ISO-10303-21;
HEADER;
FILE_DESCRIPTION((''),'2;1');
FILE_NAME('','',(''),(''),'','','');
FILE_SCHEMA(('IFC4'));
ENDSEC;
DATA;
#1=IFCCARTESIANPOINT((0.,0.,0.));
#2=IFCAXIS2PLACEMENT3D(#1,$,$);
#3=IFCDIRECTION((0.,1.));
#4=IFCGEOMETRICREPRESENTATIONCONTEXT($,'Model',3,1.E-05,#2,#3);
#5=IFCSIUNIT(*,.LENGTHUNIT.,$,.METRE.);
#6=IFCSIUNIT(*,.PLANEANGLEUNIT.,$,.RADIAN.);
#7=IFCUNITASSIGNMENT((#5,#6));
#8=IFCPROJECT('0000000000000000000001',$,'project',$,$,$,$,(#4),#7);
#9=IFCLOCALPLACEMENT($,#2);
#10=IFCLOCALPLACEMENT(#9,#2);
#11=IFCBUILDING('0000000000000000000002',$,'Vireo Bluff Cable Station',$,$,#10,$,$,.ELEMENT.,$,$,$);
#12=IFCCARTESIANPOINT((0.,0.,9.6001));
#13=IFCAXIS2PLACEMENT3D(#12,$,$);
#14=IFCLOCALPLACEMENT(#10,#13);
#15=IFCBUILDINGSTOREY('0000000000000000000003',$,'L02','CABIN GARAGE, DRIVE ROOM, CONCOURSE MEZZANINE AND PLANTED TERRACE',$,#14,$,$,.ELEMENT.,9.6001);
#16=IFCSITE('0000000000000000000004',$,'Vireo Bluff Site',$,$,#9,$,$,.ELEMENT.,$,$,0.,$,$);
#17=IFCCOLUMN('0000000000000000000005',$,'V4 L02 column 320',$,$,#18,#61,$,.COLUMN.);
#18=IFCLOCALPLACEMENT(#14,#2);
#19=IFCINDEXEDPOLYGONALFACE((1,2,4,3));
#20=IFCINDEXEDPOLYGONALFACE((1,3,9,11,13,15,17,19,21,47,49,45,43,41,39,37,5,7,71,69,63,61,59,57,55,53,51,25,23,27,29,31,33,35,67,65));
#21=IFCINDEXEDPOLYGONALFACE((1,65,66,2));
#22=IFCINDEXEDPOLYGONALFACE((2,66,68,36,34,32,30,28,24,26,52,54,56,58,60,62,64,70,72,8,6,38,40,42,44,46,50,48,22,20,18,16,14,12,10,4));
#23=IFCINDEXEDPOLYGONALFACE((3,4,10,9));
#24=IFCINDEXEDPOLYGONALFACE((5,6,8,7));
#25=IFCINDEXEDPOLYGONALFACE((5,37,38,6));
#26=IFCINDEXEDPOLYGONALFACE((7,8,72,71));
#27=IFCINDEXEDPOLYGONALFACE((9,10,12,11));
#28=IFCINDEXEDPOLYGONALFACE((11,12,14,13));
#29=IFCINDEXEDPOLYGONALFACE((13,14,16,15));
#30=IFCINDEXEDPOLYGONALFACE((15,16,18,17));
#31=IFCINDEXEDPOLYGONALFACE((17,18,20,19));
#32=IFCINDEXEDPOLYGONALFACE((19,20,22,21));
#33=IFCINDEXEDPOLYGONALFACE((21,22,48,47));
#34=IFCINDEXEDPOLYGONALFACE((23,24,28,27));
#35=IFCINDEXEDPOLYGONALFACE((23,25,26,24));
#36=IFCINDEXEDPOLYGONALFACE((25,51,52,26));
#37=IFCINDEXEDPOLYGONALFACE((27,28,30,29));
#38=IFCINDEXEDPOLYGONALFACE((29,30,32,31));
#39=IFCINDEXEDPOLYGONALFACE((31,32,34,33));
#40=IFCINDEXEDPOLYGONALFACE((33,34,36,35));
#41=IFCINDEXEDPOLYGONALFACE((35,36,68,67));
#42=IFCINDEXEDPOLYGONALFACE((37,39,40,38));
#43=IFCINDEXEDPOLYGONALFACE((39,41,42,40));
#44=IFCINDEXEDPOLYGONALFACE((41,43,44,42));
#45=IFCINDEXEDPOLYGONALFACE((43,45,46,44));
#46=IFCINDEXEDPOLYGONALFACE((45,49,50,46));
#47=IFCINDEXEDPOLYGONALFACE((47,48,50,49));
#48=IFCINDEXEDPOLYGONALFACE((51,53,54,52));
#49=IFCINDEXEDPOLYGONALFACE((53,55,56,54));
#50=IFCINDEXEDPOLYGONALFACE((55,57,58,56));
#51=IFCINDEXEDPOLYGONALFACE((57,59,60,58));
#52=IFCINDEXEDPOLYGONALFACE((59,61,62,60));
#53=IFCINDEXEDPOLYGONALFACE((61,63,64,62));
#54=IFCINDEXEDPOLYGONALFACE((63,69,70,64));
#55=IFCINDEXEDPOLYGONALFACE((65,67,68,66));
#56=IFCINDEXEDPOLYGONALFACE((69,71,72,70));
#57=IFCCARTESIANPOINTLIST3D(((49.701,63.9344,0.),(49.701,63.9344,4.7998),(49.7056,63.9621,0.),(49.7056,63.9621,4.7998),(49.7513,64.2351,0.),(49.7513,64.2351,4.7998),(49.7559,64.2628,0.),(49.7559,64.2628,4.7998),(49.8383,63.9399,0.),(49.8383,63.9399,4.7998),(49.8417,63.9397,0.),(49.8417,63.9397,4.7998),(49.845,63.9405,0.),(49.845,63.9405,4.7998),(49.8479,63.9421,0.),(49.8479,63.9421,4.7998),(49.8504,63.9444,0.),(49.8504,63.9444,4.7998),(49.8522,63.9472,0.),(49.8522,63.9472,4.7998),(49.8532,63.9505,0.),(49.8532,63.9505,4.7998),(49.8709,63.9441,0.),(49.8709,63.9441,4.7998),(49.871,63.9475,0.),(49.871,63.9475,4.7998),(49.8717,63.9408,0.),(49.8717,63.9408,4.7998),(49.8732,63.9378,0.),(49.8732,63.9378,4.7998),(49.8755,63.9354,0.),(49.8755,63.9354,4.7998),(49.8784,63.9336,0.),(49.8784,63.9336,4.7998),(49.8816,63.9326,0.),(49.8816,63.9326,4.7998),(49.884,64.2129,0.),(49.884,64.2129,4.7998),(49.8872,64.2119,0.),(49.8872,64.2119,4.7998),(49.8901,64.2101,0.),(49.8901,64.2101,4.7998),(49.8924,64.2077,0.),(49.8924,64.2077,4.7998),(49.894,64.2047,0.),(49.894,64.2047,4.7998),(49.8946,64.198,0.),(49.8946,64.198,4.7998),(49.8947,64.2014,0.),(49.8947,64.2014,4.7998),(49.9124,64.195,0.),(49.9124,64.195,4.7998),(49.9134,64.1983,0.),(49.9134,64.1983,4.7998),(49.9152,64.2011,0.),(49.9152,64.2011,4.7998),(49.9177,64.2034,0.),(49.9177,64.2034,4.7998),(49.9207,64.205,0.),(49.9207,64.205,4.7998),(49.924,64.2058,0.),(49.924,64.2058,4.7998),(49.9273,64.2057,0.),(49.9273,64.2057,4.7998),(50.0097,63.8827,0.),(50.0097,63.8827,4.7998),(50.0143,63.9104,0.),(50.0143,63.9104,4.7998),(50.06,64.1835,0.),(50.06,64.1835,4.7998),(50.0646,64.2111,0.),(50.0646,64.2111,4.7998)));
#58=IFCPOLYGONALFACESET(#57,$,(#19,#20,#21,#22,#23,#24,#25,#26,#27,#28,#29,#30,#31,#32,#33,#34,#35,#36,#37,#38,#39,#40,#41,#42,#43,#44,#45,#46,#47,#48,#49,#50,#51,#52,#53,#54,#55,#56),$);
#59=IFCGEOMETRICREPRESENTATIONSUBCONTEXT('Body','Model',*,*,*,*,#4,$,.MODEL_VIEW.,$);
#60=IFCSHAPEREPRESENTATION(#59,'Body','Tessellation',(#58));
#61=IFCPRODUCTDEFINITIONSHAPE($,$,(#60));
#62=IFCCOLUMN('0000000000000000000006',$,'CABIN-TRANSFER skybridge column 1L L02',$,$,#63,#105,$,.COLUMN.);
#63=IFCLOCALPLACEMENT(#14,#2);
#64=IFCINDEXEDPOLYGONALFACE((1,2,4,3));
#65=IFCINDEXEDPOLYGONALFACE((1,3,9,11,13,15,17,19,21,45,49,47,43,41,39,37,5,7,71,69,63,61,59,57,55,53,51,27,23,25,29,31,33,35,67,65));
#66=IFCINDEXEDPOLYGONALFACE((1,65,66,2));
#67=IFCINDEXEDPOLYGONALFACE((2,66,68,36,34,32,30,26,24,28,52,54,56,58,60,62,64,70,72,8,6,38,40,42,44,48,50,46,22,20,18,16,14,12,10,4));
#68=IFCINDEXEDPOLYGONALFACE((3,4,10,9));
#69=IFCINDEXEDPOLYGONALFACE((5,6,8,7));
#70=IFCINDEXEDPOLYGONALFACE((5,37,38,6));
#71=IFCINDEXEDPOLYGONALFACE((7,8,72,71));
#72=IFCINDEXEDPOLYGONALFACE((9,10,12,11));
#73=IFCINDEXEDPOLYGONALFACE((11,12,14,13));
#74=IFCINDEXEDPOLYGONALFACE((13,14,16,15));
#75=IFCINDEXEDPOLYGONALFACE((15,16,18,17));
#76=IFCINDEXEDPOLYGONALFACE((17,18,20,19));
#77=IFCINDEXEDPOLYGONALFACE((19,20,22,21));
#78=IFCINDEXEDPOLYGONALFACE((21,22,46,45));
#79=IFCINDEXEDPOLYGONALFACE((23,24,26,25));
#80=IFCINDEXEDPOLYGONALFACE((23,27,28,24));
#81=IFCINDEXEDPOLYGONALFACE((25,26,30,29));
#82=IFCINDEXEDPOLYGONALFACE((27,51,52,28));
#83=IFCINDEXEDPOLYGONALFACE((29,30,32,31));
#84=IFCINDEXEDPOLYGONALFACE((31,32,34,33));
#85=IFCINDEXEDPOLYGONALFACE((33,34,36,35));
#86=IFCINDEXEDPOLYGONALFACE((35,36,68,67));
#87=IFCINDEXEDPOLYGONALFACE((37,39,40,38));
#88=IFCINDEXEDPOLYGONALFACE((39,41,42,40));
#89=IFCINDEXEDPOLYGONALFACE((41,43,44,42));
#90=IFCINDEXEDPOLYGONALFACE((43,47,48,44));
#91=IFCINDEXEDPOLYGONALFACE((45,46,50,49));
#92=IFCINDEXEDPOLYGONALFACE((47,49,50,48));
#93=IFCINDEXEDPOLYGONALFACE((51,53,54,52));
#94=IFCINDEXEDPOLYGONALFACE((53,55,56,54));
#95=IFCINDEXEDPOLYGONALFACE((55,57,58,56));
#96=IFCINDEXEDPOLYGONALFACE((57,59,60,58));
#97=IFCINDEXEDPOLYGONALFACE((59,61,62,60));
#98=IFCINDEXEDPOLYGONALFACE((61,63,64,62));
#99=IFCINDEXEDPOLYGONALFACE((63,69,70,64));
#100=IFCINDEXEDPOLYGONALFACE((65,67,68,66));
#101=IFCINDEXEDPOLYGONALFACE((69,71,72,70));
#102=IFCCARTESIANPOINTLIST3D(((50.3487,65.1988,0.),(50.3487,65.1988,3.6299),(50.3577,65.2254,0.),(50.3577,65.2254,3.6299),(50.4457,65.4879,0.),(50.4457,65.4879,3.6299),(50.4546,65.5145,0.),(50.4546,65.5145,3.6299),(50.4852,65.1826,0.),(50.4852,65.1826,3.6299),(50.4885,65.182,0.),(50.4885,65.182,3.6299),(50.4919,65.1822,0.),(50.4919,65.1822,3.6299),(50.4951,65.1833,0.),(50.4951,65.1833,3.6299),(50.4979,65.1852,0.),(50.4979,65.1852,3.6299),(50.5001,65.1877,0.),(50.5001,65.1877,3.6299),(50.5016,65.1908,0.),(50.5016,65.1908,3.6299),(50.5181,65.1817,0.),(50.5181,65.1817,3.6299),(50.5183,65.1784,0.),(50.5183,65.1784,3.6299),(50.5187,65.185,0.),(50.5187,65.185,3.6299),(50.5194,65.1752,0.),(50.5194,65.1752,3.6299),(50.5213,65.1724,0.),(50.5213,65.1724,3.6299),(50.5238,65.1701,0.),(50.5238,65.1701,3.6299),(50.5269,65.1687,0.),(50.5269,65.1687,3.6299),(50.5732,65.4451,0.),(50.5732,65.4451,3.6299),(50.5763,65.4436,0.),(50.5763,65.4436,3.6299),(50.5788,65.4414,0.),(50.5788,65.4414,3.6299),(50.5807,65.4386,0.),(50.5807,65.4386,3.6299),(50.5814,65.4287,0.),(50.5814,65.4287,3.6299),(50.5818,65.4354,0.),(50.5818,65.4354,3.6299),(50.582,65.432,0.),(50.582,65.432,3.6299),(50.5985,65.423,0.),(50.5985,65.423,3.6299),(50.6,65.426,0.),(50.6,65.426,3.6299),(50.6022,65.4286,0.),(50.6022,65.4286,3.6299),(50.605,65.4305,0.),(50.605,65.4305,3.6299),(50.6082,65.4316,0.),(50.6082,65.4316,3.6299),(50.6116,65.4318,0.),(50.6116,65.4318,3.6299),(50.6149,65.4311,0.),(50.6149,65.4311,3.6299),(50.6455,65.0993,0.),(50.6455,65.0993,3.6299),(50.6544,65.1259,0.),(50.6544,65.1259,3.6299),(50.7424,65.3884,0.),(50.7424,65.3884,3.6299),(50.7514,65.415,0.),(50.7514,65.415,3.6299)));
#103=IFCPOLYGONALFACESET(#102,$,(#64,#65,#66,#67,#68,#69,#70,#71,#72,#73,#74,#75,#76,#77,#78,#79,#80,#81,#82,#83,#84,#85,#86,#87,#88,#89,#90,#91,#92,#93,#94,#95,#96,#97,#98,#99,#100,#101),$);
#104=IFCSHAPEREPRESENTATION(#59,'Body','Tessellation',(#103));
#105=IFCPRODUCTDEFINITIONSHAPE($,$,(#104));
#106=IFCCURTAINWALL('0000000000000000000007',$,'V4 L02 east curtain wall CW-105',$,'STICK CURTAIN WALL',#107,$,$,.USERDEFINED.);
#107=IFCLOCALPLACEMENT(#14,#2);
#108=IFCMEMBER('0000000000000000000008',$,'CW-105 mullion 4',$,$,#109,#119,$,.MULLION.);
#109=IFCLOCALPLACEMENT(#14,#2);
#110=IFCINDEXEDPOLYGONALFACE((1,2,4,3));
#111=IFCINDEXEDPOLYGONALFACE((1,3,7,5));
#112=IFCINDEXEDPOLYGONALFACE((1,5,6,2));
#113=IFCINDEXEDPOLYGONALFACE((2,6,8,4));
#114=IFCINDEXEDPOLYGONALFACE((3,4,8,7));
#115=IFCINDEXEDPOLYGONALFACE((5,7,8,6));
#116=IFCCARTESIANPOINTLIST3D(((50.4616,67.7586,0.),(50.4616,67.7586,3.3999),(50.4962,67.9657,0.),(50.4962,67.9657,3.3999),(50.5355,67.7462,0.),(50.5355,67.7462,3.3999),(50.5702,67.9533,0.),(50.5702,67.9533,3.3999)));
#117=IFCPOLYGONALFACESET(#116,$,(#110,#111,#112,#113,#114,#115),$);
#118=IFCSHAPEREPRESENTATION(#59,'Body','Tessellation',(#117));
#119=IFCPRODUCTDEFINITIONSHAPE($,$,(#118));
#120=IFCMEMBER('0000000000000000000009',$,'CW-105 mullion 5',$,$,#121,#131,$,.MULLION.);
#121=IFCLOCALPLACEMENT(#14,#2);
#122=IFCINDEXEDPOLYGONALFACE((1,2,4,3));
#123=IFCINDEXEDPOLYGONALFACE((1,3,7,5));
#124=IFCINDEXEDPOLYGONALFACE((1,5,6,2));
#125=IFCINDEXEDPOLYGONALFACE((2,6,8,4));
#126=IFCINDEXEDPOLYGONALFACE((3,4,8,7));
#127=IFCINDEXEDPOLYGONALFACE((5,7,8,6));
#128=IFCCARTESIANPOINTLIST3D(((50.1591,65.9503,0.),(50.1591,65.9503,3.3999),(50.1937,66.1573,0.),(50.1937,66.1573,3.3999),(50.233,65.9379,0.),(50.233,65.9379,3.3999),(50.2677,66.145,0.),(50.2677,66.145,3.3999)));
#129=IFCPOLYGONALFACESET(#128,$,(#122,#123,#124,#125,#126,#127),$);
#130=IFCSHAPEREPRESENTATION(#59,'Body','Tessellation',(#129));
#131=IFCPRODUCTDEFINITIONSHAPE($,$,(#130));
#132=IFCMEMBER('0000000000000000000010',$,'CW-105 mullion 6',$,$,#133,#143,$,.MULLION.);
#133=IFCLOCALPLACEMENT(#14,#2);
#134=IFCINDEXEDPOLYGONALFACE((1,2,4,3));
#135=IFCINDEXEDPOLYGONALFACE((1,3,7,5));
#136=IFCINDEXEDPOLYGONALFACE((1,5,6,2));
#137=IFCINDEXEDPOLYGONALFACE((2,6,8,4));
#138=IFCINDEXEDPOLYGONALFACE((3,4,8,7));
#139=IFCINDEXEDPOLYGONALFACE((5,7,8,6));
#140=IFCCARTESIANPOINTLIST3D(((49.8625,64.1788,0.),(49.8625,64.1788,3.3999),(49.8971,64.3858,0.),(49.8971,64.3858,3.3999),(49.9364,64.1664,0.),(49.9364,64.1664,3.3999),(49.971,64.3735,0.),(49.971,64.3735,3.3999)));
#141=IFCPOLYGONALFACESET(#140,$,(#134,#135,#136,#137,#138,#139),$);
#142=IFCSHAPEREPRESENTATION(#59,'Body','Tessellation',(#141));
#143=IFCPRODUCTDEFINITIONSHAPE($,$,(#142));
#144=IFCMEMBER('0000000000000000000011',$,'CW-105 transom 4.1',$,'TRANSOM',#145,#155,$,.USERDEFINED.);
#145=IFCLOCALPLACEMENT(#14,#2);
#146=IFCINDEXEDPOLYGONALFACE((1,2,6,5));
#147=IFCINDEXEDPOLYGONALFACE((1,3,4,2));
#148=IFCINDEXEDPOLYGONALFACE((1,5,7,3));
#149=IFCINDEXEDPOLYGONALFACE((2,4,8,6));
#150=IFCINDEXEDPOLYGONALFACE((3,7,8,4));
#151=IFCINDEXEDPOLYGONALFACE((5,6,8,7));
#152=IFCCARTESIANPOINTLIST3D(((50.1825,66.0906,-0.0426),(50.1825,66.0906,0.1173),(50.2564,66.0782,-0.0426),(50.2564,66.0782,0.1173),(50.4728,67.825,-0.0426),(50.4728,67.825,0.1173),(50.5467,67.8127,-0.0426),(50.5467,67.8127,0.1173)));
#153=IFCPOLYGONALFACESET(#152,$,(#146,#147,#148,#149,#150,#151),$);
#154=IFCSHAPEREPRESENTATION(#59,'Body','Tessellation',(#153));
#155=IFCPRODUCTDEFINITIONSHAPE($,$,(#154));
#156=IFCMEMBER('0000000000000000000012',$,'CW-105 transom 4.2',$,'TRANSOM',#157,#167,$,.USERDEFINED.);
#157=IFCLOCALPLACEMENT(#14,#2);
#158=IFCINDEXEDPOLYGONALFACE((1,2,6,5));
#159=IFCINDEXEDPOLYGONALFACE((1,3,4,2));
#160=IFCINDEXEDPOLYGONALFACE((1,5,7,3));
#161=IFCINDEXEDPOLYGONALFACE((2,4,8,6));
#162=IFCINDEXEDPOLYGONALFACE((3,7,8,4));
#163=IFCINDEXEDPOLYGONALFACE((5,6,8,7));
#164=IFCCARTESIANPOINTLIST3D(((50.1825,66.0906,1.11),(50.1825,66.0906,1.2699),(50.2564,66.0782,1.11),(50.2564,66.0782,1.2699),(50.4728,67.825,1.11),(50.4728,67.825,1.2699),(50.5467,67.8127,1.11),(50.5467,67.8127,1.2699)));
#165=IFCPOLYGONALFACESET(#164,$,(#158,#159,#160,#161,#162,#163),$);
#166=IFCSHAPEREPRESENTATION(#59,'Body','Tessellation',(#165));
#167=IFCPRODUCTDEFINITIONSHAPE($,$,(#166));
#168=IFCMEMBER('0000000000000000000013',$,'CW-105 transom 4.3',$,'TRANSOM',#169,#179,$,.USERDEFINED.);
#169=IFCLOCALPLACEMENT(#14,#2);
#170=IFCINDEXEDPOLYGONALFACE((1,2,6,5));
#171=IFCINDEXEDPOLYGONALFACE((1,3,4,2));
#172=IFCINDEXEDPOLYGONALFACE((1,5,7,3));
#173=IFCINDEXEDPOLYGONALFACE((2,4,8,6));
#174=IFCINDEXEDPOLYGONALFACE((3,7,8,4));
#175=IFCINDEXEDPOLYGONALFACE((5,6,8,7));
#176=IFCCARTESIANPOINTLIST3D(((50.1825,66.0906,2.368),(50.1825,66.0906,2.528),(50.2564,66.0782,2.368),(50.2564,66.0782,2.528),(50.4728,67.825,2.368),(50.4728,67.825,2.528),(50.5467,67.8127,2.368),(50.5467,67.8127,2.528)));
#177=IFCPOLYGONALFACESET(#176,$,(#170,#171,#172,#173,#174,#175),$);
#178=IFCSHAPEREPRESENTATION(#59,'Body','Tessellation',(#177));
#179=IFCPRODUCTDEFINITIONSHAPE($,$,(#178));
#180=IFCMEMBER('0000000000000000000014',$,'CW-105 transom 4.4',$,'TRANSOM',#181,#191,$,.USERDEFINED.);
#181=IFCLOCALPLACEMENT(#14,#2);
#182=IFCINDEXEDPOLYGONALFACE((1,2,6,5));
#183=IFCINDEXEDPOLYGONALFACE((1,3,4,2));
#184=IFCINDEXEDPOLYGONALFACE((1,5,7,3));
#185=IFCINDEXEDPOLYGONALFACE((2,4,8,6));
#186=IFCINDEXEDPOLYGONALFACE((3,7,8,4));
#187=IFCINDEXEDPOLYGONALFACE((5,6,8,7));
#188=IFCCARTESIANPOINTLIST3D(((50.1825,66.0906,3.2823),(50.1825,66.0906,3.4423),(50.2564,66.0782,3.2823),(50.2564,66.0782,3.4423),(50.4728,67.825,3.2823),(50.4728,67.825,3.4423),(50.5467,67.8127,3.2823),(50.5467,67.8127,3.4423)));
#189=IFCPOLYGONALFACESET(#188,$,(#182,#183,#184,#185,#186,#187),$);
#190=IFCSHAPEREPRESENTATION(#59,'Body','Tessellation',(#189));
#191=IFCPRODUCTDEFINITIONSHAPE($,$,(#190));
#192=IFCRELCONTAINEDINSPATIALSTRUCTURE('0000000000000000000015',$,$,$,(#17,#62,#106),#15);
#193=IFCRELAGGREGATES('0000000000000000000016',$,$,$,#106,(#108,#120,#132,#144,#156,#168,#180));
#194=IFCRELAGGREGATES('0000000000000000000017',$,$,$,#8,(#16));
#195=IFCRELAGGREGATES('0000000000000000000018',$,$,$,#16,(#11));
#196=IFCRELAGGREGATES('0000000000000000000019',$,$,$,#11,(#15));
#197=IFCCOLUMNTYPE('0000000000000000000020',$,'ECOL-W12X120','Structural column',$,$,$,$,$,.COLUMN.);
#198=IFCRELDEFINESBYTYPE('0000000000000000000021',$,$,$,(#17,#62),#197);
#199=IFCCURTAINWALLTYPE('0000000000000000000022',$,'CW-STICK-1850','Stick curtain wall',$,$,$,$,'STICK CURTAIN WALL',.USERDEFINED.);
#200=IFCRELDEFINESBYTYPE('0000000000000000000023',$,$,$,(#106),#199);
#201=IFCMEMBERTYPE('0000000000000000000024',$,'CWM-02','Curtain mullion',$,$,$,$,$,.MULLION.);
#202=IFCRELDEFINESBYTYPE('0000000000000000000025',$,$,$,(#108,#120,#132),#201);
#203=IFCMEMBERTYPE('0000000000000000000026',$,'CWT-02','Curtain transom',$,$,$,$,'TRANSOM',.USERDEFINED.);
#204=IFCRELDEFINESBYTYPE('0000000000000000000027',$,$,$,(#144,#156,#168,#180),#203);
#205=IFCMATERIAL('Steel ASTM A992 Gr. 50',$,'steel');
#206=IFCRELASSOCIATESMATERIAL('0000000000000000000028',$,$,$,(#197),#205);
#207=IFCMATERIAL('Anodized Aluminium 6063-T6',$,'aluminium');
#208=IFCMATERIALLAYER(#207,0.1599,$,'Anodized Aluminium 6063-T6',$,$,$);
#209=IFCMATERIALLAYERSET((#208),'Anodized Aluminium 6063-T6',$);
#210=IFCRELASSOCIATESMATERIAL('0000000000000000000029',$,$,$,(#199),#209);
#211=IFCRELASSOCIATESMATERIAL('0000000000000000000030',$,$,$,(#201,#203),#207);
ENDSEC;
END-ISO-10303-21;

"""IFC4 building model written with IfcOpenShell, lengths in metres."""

from ifc_helpers import new_model, si_unit, direction, frame, origin, origin_2d, place, context, subcontext, project, spatial, rectangle, i_section, extrude, material, layer, layer_set, material_profile, profile_set, type_object, element, aggregate, save


model = new_model("IFC4")

# Units and contexts
model_context = context("Model", 3, precision=1e-05, world=origin(), true_north=direction((0.0, 1.0)))
body_context = subcontext(model_context, "Body", "Model", "MODEL_VIEW")
ifc_project = project(units=[si_unit("LENGTHUNIT", "METRE"), si_unit("PLANEANGLEUNIT", "RADIAN")], contexts=[model_context])

# Site, building, storey
site_placement = place(None, origin())
site = spatial("IfcSite", under=ifc_project, at=site_placement, Name="Vireo Bluff Site", CompositionType="ELEMENT", RefElevation=0.0)
building_placement = place(site_placement, origin())
building = spatial("IfcBuilding", under=site, at=building_placement, Name="Vireo Bluff Cable Station", CompositionType="ELEMENT")
storey_placement = place(building_placement, frame((0.0, 0.0, 9.6001)))
storey = spatial("IfcBuildingStorey", under=building, at=storey_placement, Name="L02", Description="CABIN GARAGE, DRIVE ROOM, CONCOURSE MEZZANINE AND PLANTED TERRACE", CompositionType="ELEMENT", Elevation=9.6001)

# Columns
ifc_material_1 = material(Name="Steel ASTM A992 Gr. 50", Category="steel")
ifc_material_profile_1 = material_profile(ifc_material_1, i_section(OverallWidth=0.313, OverallDepth=0.333, WebThickness=0.0181, FlangeThickness=0.0281, FilletRadius=0.0129, at=origin_2d()), Name="W12X120")
ifc_profile_set_1 = profile_set([ifc_material_profile_1], Name="Steel ASTM A992 Gr. 50")
column_type = type_object("IfcColumnType", Name="ECOL-W12X120", Description="Structural column", PredefinedType="COLUMN", material=ifc_profile_set_1)
column_1_placement = place(storey_placement, frame((49.8828, 64.0728, 0.0), z_axis=(0.0, 0.0, 1.0), x_axis=(0.986286, -0.165048, 0.0)))
element("IfcColumn", 1, at=column_1_placement, inside=storey, type_object=column_type, Name="V4 L02 column 320", PredefinedType="COLUMN", context=body_context, shape_type="SweptSolid", body=[
    extrude(i_section(OverallWidth=0.313, OverallDepth=0.333, WebThickness=0.0181, FlangeThickness=0.0281, FilletRadius=0.0129, at=origin_2d()), origin(), (0.0, 0.0, 1.0), 4.7998),
])
column_2_placement = place(storey_placement, frame((50.55, 65.3069, 0.0), z_axis=(0.0, 0.0, 1.0), x_axis=(0.948105, -0.317958, 0.0)))
element("IfcColumn", 2, at=column_2_placement, inside=storey, type_object=column_type, Name="CABIN-TRANSFER skybridge column 1L L02", PredefinedType="COLUMN", context=body_context, shape_type="SweptSolid", body=[
    extrude(i_section(OverallWidth=0.313, OverallDepth=0.333, WebThickness=0.0181, FlangeThickness=0.0281, FilletRadius=0.0129, at=origin_2d()), origin(), (0.0, 0.0, 1.0), 3.6299),
])

# Curtain wall, members
ifc_material_2 = material(Name="Anodized Aluminium 6063-T6", Category="aluminium")
ifc_layer_1 = layer(ifc_material_2, 0.1599, Name="Anodized Aluminium 6063-T6")
ifc_layer_set_1 = layer_set([ifc_layer_1], Name="Anodized Aluminium 6063-T6")
curtain_wall_type = type_object("IfcCurtainWallType", Name="CW-STICK-1850", Description="Stick curtain wall", ElementType="STICK CURTAIN WALL", PredefinedType="USERDEFINED", material=ifc_layer_set_1)
curtain_wall_placement = place(storey_placement, origin())
curtain_wall = element("IfcCurtainWall", 3, at=curtain_wall_placement, inside=storey, type_object=curtain_wall_type, Name="V4 L02 east curtain wall CW-105", ObjectType="STICK CURTAIN WALL", PredefinedType="USERDEFINED")
ifc_material_profile_2 = material_profile(ifc_material_2, rectangle(XDim=0.075, YDim=0.21, at=origin_2d()), Name="ALU-M-75X210")
ifc_profile_set_2 = profile_set([ifc_material_profile_2], Name="Anodized Aluminium 6063-T6")
member_type_1 = type_object("IfcMemberType", Name="CWM-02", Description="Curtain mullion", PredefinedType="MULLION", material=ifc_profile_set_2)
member_1_placement = place(storey_placement, frame((50.5159, 67.856, 0.0), z_axis=(0.0, 0.0, 1.0), x_axis=(0.986286, -0.165048, 0.0)))
member_1 = element("IfcMember", 4, at=member_1_placement, type_object=member_type_1, Name="CW-105 mullion 4", PredefinedType="MULLION", context=body_context, shape_type="SweptSolid", body=[
    extrude(rectangle(XDim=0.075, YDim=0.21, at=origin_2d()), origin(), (0.0, 0.0, 1.0), 3.3999),
])
member_2_placement = place(storey_placement, frame((50.2134, 66.0476, 0.0), z_axis=(0.0, 0.0, 1.0), x_axis=(0.986286, -0.165048, 0.0)))
member_2 = element("IfcMember", 5, at=member_2_placement, type_object=member_type_1, Name="CW-105 mullion 5", PredefinedType="MULLION", context=body_context, shape_type="SweptSolid", body=[
    extrude(rectangle(XDim=0.075, YDim=0.21, at=origin_2d()), origin(), (0.0, 0.0, 1.0), 3.3999),
])
member_3_placement = place(storey_placement, frame((49.9167, 64.2761, 0.0), z_axis=(0.0, 0.0, 1.0), x_axis=(0.986286, -0.165048, 0.0)))
member_3 = element("IfcMember", 6, at=member_3_placement, type_object=member_type_1, Name="CW-105 mullion 6", PredefinedType="MULLION", context=body_context, shape_type="SweptSolid", body=[
    extrude(rectangle(XDim=0.075, YDim=0.21, at=origin_2d()), origin(), (0.0, 0.0, 1.0), 3.3999),
])
ifc_material_profile_3 = material_profile(ifc_material_2, rectangle(XDim=0.075, YDim=0.1599, at=origin_2d()), Name="ALU-T-75X160")
ifc_profile_set_3 = profile_set([ifc_material_profile_3], Name="Anodized Aluminium 6063-T6")
member_type_2 = type_object("IfcMemberType", Name="CWT-02", Description="Curtain transom", ElementType="TRANSOM", PredefinedType="USERDEFINED", material=ifc_profile_set_3)
member_4_placement = place(storey_placement, frame((50.5098, 67.8188, 0.0374), z_axis=(-0.165074, -0.986281, 0.0), x_axis=(0.986281, -0.165074, 0.0)))
member_4 = element("IfcMember", 7, at=member_4_placement, type_object=member_type_2, Name="CW-105 transom 4.1", ObjectType="TRANSOM", PredefinedType="USERDEFINED", context=body_context, shape_type="SweptSolid", body=[
    extrude(rectangle(XDim=0.075, YDim=0.1599, at=origin_2d()), origin(), (0.0, 0.0, 1.0), 1.7585),
])
member_5_placement = place(storey_placement, frame((50.5098, 67.8188, 1.1899), z_axis=(-0.165074, -0.986281, 0.0), x_axis=(0.986281, -0.165074, 0.0)))
member_5 = element("IfcMember", 8, at=member_5_placement, type_object=member_type_2, Name="CW-105 transom 4.2", ObjectType="TRANSOM", PredefinedType="USERDEFINED", context=body_context, shape_type="SweptSolid", body=[
    extrude(rectangle(XDim=0.075, YDim=0.1599, at=origin_2d()), origin(), (0.0, 0.0, 1.0), 1.7585),
])
member_6_placement = place(storey_placement, frame((50.5098, 67.8188, 2.448), z_axis=(-0.165074, -0.986281, 0.0), x_axis=(0.986281, -0.165074, 0.0)))
member_6 = element("IfcMember", 9, at=member_6_placement, type_object=member_type_2, Name="CW-105 transom 4.3", ObjectType="TRANSOM", PredefinedType="USERDEFINED", context=body_context, shape_type="SweptSolid", body=[
    extrude(rectangle(XDim=0.075, YDim=0.1599, at=origin_2d()), origin(), (0.0, 0.0, 1.0), 1.7585),
])
member_7_placement = place(storey_placement, frame((50.5098, 67.8188, 3.3623), z_axis=(-0.165074, -0.986281, 0.0), x_axis=(0.986281, -0.165074, 0.0)))
member_7 = element("IfcMember", 10, at=member_7_placement, type_object=member_type_2, Name="CW-105 transom 4.4", ObjectType="TRANSOM", PredefinedType="USERDEFINED", context=body_context, shape_type="SweptSolid", body=[
    extrude(rectangle(XDim=0.075, YDim=0.1599, at=origin_2d()), origin(), (0.0, 0.0, 1.0), 1.7585),
])

aggregate(curtain_wall, [member_1, member_2, member_3, member_4, member_5, member_6, member_7])

save(model, "model.ifc")
